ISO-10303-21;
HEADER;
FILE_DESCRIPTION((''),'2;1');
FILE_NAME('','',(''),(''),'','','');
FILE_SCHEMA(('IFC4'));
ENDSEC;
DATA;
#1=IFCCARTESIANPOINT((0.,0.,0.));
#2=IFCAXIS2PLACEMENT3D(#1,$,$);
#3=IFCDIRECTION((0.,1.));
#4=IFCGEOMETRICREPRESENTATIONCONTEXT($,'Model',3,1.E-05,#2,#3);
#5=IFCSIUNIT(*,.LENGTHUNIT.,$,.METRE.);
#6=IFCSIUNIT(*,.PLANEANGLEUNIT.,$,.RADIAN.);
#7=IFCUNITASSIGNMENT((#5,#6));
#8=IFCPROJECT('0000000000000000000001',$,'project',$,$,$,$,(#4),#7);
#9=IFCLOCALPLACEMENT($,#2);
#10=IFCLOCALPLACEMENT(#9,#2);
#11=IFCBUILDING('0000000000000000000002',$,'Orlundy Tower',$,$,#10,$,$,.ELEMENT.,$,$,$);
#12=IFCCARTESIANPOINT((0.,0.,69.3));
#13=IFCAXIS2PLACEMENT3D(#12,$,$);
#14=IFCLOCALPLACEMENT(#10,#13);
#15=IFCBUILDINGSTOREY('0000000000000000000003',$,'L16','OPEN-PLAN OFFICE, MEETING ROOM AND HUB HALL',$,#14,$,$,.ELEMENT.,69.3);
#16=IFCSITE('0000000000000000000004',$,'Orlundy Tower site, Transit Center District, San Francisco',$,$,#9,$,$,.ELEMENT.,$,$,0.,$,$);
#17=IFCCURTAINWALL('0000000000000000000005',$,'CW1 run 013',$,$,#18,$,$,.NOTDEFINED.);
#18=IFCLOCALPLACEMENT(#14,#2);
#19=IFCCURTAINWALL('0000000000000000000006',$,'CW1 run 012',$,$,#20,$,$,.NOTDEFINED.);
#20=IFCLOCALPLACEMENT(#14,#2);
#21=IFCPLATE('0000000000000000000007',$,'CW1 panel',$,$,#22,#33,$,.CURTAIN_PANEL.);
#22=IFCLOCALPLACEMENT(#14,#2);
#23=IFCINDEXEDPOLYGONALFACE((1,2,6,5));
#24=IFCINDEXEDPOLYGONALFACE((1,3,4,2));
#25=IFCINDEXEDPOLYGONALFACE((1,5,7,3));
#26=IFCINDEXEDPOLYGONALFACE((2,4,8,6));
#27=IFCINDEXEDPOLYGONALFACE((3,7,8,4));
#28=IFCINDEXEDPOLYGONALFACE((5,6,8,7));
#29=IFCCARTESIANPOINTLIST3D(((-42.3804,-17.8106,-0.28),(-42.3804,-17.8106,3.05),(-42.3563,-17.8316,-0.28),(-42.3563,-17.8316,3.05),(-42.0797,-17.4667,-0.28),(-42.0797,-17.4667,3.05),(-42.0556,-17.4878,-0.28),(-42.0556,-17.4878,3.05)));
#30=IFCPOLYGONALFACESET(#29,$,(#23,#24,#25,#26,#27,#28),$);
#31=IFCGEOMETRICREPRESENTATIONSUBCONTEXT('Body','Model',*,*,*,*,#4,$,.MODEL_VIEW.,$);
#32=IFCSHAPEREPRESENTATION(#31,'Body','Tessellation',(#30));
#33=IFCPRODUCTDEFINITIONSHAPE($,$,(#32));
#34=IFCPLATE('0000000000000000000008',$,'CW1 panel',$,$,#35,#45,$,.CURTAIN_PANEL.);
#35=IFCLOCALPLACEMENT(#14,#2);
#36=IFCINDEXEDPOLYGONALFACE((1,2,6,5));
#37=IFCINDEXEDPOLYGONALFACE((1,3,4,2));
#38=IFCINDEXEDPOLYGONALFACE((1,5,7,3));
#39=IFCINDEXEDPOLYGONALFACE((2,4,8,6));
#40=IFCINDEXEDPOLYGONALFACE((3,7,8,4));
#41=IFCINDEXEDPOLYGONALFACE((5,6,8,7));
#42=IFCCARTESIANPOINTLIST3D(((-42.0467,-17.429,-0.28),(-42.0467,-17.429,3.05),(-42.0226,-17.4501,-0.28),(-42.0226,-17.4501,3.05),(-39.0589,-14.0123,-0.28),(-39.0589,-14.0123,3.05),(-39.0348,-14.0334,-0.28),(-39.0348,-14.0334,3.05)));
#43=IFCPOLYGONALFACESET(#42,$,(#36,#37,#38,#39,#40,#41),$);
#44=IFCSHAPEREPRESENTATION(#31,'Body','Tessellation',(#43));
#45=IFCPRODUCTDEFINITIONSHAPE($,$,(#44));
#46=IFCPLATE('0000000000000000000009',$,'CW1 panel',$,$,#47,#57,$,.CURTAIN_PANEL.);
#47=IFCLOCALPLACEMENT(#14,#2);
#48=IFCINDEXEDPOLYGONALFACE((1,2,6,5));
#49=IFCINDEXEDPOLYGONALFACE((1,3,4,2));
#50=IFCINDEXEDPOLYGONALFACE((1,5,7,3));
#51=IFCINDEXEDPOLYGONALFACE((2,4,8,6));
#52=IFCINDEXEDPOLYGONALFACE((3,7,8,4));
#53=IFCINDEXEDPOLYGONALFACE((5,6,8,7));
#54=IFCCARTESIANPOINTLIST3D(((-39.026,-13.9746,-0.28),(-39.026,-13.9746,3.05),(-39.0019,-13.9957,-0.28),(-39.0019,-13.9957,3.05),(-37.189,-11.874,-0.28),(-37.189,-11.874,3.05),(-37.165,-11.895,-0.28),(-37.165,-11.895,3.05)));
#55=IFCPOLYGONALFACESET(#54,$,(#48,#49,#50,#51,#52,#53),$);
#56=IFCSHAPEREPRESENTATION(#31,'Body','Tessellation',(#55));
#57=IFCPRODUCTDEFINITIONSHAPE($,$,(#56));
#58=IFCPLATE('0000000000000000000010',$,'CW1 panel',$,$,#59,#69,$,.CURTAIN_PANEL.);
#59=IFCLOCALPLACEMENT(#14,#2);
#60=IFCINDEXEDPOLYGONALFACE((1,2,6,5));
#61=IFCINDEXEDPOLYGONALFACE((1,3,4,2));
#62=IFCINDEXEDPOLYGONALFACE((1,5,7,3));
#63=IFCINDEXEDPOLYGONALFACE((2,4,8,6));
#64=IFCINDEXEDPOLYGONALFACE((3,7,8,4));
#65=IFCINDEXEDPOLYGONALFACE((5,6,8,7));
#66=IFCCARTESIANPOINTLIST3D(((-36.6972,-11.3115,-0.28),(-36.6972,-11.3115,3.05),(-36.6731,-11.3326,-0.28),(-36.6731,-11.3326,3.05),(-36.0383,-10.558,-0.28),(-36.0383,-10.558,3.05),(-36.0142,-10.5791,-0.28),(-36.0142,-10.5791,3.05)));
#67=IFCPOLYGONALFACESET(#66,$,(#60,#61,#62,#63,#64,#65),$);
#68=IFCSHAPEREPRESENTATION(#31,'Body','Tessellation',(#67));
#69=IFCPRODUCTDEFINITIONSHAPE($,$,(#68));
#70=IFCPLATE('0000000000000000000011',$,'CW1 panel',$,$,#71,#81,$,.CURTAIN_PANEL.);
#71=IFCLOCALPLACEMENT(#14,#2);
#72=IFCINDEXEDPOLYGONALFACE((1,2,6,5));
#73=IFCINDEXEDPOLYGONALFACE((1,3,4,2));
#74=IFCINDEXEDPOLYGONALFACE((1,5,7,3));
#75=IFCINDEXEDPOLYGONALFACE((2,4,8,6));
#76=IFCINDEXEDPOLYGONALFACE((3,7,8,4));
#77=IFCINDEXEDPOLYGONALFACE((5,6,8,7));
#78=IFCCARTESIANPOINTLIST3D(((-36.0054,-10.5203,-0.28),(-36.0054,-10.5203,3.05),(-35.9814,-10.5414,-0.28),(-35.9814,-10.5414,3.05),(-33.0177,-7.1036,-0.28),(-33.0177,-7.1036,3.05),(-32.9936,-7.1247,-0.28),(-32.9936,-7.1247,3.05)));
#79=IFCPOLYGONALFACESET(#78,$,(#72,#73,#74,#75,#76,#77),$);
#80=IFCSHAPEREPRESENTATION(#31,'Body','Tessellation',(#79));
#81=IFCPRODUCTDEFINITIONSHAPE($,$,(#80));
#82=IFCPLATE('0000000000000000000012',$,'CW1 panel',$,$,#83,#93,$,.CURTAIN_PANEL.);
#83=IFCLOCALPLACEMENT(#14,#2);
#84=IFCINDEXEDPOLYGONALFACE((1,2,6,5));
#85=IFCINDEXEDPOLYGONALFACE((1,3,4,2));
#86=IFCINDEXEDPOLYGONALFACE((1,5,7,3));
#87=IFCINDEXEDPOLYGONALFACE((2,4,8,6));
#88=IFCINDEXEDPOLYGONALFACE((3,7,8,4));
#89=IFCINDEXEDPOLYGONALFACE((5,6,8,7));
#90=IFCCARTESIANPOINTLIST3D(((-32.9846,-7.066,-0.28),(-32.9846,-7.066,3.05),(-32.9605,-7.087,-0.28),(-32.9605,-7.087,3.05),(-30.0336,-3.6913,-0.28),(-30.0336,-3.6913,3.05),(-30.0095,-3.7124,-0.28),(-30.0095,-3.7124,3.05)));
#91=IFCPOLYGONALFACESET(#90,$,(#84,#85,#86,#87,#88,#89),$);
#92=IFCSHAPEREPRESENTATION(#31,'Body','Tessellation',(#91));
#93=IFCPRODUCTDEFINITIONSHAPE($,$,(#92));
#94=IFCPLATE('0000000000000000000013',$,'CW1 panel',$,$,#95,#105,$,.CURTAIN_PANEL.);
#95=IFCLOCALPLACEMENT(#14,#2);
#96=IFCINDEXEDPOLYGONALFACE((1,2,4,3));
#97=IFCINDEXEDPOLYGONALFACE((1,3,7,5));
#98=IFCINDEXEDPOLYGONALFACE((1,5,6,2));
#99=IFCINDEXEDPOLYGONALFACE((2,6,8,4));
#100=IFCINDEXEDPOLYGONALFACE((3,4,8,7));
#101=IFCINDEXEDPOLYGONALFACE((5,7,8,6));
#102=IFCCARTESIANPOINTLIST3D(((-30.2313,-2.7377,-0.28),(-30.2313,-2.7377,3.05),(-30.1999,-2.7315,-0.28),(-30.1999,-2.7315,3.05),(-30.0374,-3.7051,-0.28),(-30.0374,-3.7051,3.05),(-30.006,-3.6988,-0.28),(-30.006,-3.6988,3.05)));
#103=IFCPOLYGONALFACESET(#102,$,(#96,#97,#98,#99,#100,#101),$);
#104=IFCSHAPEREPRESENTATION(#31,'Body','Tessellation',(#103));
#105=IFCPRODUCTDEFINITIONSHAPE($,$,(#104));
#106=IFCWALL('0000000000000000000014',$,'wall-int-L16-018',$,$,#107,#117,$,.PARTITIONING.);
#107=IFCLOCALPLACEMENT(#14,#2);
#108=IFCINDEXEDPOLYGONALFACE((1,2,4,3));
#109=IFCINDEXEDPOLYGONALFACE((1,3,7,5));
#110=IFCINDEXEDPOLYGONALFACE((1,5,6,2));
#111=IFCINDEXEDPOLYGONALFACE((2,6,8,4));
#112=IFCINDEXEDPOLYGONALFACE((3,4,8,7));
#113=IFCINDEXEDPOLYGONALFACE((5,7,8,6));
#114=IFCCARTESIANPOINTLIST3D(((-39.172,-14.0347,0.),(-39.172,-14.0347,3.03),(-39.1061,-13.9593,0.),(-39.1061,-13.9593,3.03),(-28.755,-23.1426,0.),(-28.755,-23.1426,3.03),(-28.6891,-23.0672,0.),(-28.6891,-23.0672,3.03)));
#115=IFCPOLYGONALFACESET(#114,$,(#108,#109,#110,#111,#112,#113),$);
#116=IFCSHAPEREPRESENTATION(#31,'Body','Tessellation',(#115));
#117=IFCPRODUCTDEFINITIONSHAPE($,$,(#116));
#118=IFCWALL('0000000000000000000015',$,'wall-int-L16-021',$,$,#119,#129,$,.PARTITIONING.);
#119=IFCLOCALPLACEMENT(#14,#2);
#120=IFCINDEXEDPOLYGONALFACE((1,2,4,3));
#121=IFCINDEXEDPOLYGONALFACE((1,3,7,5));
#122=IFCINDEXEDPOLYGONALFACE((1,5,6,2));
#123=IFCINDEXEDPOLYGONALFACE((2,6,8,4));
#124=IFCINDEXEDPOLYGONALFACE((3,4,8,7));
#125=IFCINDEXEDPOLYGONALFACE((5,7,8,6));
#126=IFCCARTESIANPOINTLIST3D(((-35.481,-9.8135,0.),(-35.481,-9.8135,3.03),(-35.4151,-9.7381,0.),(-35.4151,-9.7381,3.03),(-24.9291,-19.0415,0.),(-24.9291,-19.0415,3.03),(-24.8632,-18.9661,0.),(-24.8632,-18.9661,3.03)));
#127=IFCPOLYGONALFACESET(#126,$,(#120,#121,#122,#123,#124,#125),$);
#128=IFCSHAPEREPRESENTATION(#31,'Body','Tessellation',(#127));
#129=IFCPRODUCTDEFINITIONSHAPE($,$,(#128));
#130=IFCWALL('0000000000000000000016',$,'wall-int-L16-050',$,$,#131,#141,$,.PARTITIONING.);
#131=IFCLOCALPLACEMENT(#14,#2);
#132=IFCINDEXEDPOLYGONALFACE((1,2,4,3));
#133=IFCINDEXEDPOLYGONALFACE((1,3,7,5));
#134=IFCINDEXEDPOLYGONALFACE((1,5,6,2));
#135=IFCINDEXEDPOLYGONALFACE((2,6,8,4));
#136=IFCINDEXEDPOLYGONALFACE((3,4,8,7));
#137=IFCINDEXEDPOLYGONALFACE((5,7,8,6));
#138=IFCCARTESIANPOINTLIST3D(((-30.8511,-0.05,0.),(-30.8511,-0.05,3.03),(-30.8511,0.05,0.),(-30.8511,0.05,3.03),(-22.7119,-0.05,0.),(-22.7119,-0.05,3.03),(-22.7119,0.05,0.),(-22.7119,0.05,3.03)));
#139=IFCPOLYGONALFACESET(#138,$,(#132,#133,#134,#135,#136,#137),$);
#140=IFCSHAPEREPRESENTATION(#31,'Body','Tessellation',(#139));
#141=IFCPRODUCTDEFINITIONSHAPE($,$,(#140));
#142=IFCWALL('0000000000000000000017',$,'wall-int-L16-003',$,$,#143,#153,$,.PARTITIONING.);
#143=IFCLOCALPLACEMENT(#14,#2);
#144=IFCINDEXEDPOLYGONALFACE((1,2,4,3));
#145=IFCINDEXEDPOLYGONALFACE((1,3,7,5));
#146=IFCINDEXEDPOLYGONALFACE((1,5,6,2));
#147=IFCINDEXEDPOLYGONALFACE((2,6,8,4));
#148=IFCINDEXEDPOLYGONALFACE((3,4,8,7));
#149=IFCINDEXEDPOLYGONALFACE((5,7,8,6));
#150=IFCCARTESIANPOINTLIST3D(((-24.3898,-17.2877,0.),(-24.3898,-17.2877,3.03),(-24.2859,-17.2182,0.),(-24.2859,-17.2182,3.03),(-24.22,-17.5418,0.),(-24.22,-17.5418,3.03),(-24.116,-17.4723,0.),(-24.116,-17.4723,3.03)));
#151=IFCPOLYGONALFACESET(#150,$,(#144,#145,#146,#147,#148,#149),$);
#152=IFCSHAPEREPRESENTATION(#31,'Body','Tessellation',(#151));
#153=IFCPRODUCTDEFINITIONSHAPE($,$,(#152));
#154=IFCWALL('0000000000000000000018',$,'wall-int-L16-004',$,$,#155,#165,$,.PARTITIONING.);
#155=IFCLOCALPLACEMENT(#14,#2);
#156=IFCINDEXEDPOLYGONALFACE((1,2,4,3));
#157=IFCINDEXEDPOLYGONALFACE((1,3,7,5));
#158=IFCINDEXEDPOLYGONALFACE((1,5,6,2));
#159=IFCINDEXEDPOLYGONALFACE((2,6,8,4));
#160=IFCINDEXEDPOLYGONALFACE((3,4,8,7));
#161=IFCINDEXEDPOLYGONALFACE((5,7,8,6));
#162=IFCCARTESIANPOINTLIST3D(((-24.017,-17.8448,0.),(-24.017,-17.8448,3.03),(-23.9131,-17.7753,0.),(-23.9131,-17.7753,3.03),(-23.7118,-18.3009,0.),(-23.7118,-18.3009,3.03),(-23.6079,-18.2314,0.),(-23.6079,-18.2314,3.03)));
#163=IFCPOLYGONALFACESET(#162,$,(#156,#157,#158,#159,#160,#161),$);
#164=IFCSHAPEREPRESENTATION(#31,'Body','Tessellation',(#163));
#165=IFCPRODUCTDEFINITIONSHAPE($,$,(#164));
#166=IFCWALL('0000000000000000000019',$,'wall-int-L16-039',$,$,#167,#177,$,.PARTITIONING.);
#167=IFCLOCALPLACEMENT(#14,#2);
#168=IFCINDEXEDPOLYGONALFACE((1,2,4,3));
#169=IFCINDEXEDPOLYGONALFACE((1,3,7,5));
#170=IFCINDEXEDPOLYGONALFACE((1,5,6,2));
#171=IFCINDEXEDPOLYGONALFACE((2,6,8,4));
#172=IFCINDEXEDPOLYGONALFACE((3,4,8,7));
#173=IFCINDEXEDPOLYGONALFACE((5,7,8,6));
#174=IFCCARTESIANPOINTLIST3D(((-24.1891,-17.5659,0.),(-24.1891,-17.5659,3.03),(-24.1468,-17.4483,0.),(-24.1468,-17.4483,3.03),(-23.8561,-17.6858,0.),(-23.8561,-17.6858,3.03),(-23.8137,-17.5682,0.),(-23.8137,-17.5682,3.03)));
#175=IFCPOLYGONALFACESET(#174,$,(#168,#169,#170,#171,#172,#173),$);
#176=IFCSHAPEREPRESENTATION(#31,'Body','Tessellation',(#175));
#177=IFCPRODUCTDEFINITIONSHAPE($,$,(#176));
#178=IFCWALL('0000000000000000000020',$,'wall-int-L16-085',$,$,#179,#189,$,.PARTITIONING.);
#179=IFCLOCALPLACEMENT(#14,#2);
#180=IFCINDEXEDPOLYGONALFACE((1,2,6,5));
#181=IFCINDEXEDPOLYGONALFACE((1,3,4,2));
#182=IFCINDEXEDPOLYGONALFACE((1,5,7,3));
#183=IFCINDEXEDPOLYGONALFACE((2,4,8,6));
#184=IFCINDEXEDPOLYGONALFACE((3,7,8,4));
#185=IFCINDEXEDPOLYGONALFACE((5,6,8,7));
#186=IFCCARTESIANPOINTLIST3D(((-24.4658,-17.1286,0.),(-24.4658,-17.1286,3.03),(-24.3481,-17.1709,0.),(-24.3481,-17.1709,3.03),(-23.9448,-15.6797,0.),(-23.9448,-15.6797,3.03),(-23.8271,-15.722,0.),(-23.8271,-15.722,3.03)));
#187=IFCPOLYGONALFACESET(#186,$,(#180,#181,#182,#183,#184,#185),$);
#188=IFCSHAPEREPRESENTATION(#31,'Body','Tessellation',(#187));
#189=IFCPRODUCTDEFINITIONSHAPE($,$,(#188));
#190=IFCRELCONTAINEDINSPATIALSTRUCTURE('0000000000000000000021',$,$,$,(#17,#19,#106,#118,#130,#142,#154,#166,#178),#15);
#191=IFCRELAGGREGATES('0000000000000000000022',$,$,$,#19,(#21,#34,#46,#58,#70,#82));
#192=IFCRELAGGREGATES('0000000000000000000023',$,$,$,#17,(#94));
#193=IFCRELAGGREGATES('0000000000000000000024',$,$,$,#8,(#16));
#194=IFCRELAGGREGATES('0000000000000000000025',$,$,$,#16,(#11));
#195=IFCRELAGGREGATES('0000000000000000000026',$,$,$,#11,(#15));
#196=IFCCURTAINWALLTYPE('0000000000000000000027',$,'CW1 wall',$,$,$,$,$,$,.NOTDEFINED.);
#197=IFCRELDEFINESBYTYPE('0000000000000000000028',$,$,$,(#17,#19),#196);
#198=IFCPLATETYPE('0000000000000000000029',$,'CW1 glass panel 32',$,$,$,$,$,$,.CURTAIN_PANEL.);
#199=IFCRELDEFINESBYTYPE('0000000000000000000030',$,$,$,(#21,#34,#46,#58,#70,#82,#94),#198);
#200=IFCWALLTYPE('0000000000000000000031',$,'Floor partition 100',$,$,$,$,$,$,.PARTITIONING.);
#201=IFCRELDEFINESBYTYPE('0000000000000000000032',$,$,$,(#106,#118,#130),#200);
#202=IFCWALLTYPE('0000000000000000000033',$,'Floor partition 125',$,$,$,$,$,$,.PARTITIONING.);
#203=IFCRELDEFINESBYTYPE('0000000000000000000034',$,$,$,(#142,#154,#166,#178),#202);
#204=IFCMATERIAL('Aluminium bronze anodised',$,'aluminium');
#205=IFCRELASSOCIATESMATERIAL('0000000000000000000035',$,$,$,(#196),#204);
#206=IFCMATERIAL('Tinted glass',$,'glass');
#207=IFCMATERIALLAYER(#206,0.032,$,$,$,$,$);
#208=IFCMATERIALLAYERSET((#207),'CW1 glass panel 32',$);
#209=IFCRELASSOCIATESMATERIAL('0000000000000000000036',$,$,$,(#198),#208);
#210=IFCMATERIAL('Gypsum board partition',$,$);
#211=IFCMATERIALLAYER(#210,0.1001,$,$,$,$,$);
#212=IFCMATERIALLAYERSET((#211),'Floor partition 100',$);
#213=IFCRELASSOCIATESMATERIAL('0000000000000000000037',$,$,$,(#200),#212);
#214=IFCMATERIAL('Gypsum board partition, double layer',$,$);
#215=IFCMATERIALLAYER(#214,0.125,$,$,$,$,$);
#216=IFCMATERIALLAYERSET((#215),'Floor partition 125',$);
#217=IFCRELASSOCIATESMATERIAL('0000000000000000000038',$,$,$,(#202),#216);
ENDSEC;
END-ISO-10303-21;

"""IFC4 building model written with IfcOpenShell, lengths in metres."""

from ifc_helpers import new_model, si_unit, direction, frame, frame_2d, origin, origin_2d, place, context, subcontext, project, spatial, rectangle, extrude, material, layer, layer_set, type_object, element, aggregate, save


model = new_model("IFC4")

# Units and contexts
model_context = context("Model", 3, precision=1e-05, world=origin(), true_north=direction((0.0, 1.0)))
body_context = subcontext(model_context, "Body", "Model", "MODEL_VIEW")
ifc_project = project(units=[si_unit("LENGTHUNIT", "METRE"), si_unit("PLANEANGLEUNIT", "RADIAN")], contexts=[model_context])

# Site, building, storey
site_placement = place(None, origin())
site = spatial("IfcSite", under=ifc_project, at=site_placement, Name="Orlundy Tower site, Transit Center District, San Francisco", CompositionType="ELEMENT", RefElevation=0.0)
building_placement = place(site_placement, origin())
building = spatial("IfcBuilding", under=site, at=building_placement, Name="Orlundy Tower", CompositionType="ELEMENT")
storey_placement = place(building_placement, frame((0.0, 0.0, 69.3)))
storey = spatial("IfcBuildingStorey", under=building, at=storey_placement, Name="L16", Description="OPEN-PLAN OFFICE, MEETING ROOM AND HUB HALL", CompositionType="ELEMENT", Elevation=69.3)

# Curtain wall
ifc_material_1 = material(Name="Aluminium bronze anodised", Category="aluminium")
curtain_wall_type = type_object("IfcCurtainWallType", Name="CW1 wall", PredefinedType="NOTDEFINED", material=ifc_material_1)
curtain_wall_1_placement = place(storey_placement, origin())
curtain_wall_1 = element("IfcCurtainWall", 1, at=curtain_wall_1_placement, inside=storey, type_object=curtain_wall_type, Name="CW1 run 013", PredefinedType="NOTDEFINED")

# Curtain wall
curtain_wall_2_placement = place(storey_placement, origin())
curtain_wall_2 = element("IfcCurtainWall", 2, at=curtain_wall_2_placement, inside=storey, type_object=curtain_wall_type, Name="CW1 run 012", PredefinedType="NOTDEFINED")

# Plates
ifc_material_2 = material(Name="Tinted glass", Category="glass")
ifc_layer_1 = layer(ifc_material_2, 0.032)
ifc_layer_set_1 = layer_set([ifc_layer_1], Name="CW1 glass panel 32")
plate_type = type_object("IfcPlateType", Name="CW1 glass panel 32", PredefinedType="CURTAIN_PANEL", material=ifc_layer_set_1)
plate_1_placement = place(storey_placement, frame((-42.218, -17.6492, -0.28), z_axis=(0.0, 0.0, 1.0), x_axis=(0.658273, 0.752779, 0.0)))
plate_1 = element("IfcPlate", 3, at=plate_1_placement, type_object=plate_type, Name="CW1 panel", PredefinedType="CURTAIN_PANEL", context=body_context, shape_type="SweptSolid", body=[
    extrude(rectangle(XDim=0.4568, YDim=0.032, at=origin_2d()), origin(), (0.0, 0.0, 1.0), 3.3301),
])
plate_2_placement = place(storey_placement, frame((-40.5408, -15.7312, -0.28), z_axis=(0.0, 0.0, 1.0), x_axis=(0.658273, 0.752779, 0.0)))
plate_2 = element("IfcPlate", 4, at=plate_2_placement, type_object=plate_type, Name="CW1 panel", PredefinedType="CURTAIN_PANEL", context=body_context, shape_type="SweptSolid", body=[
    extrude(rectangle(XDim=4.5388, YDim=0.032, at=origin_2d()), origin(), (0.0, 0.0, 1.0), 3.3301),
])
plate_3_placement = place(storey_placement, frame((-38.0955, -12.9348, -0.28), z_axis=(0.0, 0.0, 1.0), x_axis=(0.658273, 0.752779, 0.0)))
plate_3 = element("IfcPlate", 5, at=plate_3_placement, type_object=plate_type, Name="CW1 panel", PredefinedType="CURTAIN_PANEL", context=body_context, shape_type="SweptSolid", body=[
    extrude(rectangle(XDim=2.7905, YDim=0.032, at=origin_2d()), origin(), (0.0, 0.0, 1.0), 3.3301),
])
plate_4_placement = place(storey_placement, frame((-36.3557, -10.9453, -0.28), z_axis=(0.0, 0.0, 1.0), x_axis=(0.658273, 0.752779, 0.0)))
plate_4 = element("IfcPlate", 6, at=plate_4_placement, type_object=plate_type, Name="CW1 panel", PredefinedType="CURTAIN_PANEL", context=body_context, shape_type="SweptSolid", body=[
    extrude(rectangle(XDim=1.001, YDim=0.032, at=origin_2d()), origin(), (0.0, 0.0, 1.0), 3.3301),
])
plate_5_placement = place(storey_placement, frame((-34.4995, -8.8225, -0.28), z_axis=(0.0, 0.0, 1.0), x_axis=(0.658273, 0.752779, 0.0)))
plate_5 = element("IfcPlate", 7, at=plate_5_placement, type_object=plate_type, Name="CW1 panel", PredefinedType="CURTAIN_PANEL", context=body_context, shape_type="SweptSolid", body=[
    extrude(rectangle(XDim=4.5388, YDim=0.032, at=origin_2d()), origin(), (0.0, 0.0, 1.0), 3.3301),
])
plate_6_placement = place(storey_placement, frame((-31.4971, -5.3892, -0.28), z_axis=(0.0, 0.0, 1.0), x_axis=(0.658273, 0.752779, 0.0)))
plate_6 = element("IfcPlate", 8, at=plate_6_placement, type_object=plate_type, Name="CW1 panel", PredefinedType="CURTAIN_PANEL", context=body_context, shape_type="SweptSolid", body=[
    extrude(rectangle(XDim=4.4829, YDim=0.032, at=origin_2d()), origin(), (0.0, 0.0, 1.0), 3.3301),
])
aggregate(curtain_wall_2, [plate_1, plate_2, plate_3, plate_4, plate_5, plate_6])
plate_7_placement = place(storey_placement, frame((-30.1187, -3.2183, -0.28), z_axis=(0.0, 0.0, 1.0), x_axis=(-0.196529, 0.980498, 0.0)))
plate_7 = element("IfcPlate", 9, at=plate_7_placement, type_object=plate_type, Name="CW1 panel", PredefinedType="CURTAIN_PANEL", context=body_context, shape_type="SweptSolid", body=[
    extrude(rectangle(XDim=0.9866, YDim=0.032, at=origin_2d()), origin(), (0.0, 0.0, 1.0), 3.3301),
])
aggregate(curtain_wall_1, [plate_7])

# Walls
ifc_material_3 = material(Name="Gypsum board partition")
ifc_layer_2 = layer(ifc_material_3, 0.1001)
ifc_layer_set_2 = layer_set([ifc_layer_2], Name="Floor partition 100")
wall_type_1 = type_object("IfcWallType", Name="Floor partition 100", PredefinedType="PARTITIONING", material=ifc_layer_set_2)
wall_1_placement = place(storey_placement, frame((-39.1389, -13.9971, 0.0), z_axis=(0.0, 0.0, 1.0), x_axis=(0.752826, -0.65822, 0.0)))
element("IfcWall", 10, at=wall_1_placement, inside=storey, type_object=wall_type_1, Name="wall-int-L16-018", PredefinedType="PARTITIONING", context=body_context, shape_type="SweptSolid", body=[
    extrude(rectangle(XDim=13.8372, YDim=0.1001, at=frame_2d((6.9185, 0.0))), origin(), (0.0, 0.0, 1.0), 3.03),
])
wall_2_placement = place(storey_placement, frame((-35.448, -9.7759, 0.0), z_axis=(0.0, 0.0, 1.0), x_axis=(0.752753, -0.658304, 0.0)))
element("IfcWall", 11, at=wall_2_placement, inside=storey, type_object=wall_type_1, Name="wall-int-L16-021", PredefinedType="PARTITIONING", context=body_context, shape_type="SweptSolid", body=[
    extrude(rectangle(XDim=14.0178, YDim=0.1001, at=frame_2d((7.0088, 0.0))), origin(), (0.0, 0.0, 1.0), 3.03),
])
wall_3_placement = place(storey_placement, frame((-30.8511, 0.0, 0.0), z_axis=(0.0, 0.0, 1.0), x_axis=(1.0, 0.0, 0.0)))
element("IfcWall", 12, at=wall_3_placement, inside=storey, type_object=wall_type_1, Name="wall-int-L16-050", PredefinedType="PARTITIONING", context=body_context, shape_type="SweptSolid", body=[
    extrude(rectangle(XDim=8.1392, YDim=0.1001, at=frame_2d((4.0696, 0.0))), origin(), (0.0, 0.0, 1.0), 3.03),
])
ifc_material_4 = material(Name="Gypsum board partition, double layer")
ifc_layer_3 = layer(ifc_material_4, 0.125)
ifc_layer_set_3 = layer_set([ifc_layer_3], Name="Floor partition 125")
wall_type_2 = type_object("IfcWallType", Name="Floor partition 125", PredefinedType="PARTITIONING", material=ifc_layer_set_3)
wall_4_placement = place(storey_placement, frame((-24.3379, -17.2529, 0.0), z_axis=(0.0, 0.0, 1.0), x_axis=(0.555805, -0.831312, 0.0)))
element("IfcWall", 13, at=wall_4_placement, inside=storey, type_object=wall_type_2, Name="wall-int-L16-003", PredefinedType="PARTITIONING", context=body_context, shape_type="SweptSolid", body=[
    extrude(rectangle(XDim=0.3057, YDim=0.125, at=frame_2d((0.1528, 0.0))), origin(), (0.0, 0.0, 1.0), 3.03),
])
wall_5_placement = place(storey_placement, frame((-23.9651, -17.8101, 0.0), z_axis=(0.0, 0.0, 1.0), x_axis=(0.556137, -0.831091, 0.0)))
element("IfcWall", 14, at=wall_5_placement, inside=storey, type_object=wall_type_2, Name="wall-int-L16-004", PredefinedType="PARTITIONING", context=body_context, shape_type="SweptSolid", body=[
    extrude(rectangle(XDim=0.5488, YDim=0.125, at=frame_2d((0.2744, 0.0))), origin(), (0.0, 0.0, 1.0), 3.03),
])
wall_6_placement = place(storey_placement, frame((-24.168, -17.5071, 0.0), z_axis=(0.0, 0.0, 1.0), x_axis=(0.940896, -0.338695, 0.0)))
element("IfcWall", 15, at=wall_6_placement, inside=storey, type_object=wall_type_2, Name="wall-int-L16-039", PredefinedType="PARTITIONING", context=body_context, shape_type="SweptSolid", body=[
    extrude(rectangle(XDim=0.354, YDim=0.125, at=frame_2d((0.177, 0.0))), origin(), (0.0, 0.0, 1.0), 3.03),
])
wall_7_placement = place(storey_placement, frame((-24.407, -17.1499, 0.0), z_axis=(0.0, 0.0, 1.0), x_axis=(0.338354, 0.941019, 0.0)))
element("IfcWall", 16, at=wall_7_placement, inside=storey, type_object=wall_type_2, Name="wall-int-L16-085", PredefinedType="PARTITIONING", context=body_context, shape_type="SweptSolid", body=[
    extrude(rectangle(XDim=1.5398, YDim=0.125, at=frame_2d((0.77, 0.0))), origin(), (0.0, 0.0, 1.0), 3.03),
])

save(model, "model.ifc")
